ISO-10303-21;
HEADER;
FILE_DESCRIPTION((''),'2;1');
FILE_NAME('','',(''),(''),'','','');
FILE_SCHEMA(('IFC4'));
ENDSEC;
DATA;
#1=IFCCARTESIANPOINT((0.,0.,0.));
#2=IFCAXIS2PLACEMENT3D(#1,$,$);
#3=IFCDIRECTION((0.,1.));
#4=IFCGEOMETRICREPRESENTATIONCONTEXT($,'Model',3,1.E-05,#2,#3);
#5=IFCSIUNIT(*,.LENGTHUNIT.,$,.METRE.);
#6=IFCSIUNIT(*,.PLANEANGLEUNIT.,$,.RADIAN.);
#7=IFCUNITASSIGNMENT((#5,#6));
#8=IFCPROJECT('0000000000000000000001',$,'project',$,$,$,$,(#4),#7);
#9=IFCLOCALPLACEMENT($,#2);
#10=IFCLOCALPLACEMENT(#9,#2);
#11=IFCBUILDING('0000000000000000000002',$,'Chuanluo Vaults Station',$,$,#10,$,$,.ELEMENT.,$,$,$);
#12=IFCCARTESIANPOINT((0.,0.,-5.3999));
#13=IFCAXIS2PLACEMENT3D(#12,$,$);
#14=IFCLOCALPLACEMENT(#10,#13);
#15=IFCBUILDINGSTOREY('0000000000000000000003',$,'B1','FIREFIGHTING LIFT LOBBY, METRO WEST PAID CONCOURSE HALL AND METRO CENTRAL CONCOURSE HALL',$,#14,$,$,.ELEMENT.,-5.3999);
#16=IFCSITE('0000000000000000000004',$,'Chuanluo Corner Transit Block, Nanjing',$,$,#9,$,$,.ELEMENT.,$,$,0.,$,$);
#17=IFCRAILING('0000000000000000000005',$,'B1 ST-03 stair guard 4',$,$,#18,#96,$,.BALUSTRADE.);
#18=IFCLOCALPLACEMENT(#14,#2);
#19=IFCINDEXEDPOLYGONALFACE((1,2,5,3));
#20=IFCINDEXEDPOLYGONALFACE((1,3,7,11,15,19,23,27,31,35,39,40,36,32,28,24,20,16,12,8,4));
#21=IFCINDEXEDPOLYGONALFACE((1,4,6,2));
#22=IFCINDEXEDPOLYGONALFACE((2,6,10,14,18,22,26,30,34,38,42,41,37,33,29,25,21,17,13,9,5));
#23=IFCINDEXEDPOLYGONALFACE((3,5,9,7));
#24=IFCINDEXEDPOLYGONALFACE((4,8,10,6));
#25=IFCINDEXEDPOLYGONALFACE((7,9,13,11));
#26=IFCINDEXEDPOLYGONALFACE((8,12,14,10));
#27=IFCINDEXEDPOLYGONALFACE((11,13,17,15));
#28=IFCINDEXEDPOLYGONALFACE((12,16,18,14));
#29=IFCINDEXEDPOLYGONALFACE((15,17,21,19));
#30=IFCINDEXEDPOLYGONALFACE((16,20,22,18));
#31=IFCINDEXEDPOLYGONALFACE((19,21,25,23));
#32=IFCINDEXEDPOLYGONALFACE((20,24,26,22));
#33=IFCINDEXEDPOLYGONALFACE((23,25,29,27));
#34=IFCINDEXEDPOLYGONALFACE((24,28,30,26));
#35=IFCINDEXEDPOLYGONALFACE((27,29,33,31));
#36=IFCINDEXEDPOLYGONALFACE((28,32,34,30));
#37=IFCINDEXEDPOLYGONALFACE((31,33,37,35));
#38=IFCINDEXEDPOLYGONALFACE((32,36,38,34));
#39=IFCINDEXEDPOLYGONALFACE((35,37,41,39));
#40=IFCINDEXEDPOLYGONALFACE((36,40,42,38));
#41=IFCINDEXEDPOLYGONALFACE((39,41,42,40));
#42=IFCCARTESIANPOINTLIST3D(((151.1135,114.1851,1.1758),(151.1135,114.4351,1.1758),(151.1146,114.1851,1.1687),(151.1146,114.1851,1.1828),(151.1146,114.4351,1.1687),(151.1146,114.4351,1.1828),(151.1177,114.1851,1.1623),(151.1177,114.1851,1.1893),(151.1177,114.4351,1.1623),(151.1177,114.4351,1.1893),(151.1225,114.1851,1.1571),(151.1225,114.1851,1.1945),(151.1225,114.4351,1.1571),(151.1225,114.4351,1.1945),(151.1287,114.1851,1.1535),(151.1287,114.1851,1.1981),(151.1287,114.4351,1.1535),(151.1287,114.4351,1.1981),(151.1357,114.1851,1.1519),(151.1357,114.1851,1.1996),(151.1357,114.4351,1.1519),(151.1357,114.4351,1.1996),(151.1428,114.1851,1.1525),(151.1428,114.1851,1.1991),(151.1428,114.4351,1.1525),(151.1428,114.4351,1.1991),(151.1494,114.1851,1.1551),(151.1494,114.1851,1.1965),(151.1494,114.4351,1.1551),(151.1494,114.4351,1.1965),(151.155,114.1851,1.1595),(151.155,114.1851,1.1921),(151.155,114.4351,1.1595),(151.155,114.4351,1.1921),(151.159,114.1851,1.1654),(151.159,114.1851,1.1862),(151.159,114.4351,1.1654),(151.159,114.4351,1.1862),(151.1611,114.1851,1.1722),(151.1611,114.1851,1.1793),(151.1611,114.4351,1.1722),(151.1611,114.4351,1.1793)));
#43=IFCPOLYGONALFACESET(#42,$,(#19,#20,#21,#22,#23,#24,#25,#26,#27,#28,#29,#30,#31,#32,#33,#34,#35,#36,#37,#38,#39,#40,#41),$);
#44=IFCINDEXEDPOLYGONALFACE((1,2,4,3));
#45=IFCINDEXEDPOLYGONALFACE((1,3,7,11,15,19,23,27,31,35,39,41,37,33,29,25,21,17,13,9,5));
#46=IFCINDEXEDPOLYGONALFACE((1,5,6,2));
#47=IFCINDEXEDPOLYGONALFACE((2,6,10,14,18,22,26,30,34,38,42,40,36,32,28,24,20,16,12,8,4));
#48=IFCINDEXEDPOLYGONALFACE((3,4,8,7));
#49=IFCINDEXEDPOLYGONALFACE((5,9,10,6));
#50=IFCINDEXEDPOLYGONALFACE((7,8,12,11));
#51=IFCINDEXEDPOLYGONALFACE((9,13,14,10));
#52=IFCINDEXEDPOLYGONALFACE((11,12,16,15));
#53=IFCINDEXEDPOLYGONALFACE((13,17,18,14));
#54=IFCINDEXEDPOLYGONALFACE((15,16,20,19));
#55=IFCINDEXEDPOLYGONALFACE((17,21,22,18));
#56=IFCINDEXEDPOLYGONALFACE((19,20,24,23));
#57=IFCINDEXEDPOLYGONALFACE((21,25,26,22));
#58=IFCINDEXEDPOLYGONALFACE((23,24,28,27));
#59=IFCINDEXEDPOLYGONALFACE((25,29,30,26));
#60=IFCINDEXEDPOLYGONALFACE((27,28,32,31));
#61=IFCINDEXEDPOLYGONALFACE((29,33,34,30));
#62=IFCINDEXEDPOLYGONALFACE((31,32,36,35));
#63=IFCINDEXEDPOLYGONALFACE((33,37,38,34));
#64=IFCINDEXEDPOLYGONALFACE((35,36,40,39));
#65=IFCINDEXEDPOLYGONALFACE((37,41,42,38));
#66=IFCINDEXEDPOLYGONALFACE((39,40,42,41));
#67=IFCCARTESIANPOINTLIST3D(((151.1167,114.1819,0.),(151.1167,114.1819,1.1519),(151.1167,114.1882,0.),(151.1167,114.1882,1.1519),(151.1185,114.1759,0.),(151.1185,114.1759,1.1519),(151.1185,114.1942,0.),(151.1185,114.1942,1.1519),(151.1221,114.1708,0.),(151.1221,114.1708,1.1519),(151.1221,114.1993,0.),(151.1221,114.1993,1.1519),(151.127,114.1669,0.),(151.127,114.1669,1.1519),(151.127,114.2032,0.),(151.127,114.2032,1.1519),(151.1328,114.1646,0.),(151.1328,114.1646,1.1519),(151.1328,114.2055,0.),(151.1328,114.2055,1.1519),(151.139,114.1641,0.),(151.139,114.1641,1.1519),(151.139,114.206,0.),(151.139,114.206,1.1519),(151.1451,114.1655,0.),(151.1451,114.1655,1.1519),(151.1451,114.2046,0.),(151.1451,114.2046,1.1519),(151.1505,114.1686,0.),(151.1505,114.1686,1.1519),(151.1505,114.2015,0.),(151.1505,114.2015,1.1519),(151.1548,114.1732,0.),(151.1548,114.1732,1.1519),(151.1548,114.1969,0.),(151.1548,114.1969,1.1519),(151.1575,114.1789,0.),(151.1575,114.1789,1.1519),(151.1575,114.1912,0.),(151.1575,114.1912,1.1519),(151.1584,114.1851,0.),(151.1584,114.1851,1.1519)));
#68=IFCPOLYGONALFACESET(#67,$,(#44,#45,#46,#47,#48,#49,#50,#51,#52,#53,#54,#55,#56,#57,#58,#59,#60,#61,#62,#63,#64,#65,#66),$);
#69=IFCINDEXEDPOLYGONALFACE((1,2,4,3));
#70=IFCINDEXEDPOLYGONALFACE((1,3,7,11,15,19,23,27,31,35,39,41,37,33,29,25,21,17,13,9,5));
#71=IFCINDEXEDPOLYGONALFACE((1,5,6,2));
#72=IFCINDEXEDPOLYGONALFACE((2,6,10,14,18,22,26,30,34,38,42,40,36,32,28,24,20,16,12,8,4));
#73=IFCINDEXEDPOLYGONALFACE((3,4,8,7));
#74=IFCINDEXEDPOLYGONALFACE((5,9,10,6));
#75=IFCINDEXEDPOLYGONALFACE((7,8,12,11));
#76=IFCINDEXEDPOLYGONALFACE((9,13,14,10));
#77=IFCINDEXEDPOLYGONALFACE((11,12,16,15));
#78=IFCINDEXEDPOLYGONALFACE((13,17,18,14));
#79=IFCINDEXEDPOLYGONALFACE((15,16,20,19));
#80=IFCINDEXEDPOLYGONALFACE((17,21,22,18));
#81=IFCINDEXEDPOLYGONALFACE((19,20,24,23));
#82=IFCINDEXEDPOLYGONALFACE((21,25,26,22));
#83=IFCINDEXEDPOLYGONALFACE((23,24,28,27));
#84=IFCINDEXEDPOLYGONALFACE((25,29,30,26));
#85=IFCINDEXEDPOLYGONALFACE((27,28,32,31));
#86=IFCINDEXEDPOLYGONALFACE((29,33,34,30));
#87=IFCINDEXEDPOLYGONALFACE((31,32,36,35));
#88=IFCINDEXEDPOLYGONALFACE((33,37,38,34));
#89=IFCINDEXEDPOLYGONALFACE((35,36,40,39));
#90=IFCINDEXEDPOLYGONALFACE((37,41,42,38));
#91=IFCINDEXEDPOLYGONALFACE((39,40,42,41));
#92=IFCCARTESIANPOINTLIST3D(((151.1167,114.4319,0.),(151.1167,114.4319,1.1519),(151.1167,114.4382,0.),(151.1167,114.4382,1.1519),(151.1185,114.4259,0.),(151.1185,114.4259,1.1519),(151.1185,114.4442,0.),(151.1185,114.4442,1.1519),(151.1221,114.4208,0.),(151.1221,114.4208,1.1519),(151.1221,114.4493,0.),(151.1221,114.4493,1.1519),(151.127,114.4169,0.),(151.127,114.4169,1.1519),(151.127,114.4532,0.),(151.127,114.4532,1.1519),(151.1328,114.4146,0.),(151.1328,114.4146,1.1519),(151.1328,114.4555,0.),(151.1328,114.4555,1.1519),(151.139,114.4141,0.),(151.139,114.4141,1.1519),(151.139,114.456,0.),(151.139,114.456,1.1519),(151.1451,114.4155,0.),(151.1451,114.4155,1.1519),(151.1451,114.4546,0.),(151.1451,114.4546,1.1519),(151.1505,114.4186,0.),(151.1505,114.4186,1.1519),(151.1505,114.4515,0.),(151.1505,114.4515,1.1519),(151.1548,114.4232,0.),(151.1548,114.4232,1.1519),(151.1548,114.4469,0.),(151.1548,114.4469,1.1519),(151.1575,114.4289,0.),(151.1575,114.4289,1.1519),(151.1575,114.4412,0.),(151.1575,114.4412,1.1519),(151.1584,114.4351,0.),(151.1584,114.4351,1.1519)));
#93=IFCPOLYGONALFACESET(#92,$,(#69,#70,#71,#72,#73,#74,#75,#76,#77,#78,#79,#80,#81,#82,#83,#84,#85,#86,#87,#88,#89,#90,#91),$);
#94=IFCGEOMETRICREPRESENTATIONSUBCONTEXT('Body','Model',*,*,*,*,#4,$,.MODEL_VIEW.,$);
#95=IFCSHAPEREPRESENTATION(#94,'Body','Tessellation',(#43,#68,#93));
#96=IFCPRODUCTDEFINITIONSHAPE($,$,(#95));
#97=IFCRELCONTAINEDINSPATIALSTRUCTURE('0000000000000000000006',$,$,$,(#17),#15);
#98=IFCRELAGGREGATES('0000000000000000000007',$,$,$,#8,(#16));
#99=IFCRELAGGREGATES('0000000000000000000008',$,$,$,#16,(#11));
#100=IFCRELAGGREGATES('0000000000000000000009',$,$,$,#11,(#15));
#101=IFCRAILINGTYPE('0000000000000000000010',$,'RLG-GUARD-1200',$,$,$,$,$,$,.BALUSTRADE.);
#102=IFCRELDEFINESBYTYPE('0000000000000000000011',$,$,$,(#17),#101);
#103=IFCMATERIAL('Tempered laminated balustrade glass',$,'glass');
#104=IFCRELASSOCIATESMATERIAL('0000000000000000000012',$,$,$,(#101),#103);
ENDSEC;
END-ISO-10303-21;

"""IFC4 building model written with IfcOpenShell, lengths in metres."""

from ifc_helpers import new_model, si_unit, direction, frame, origin, origin_2d, place, context, subcontext, project, spatial, circle, extrude, material, type_object, element, save


model = new_model("IFC4")

# Units and contexts
model_context = context("Model", 3, precision=1e-05, world=origin(), true_north=direction((0.0, 1.0)))
body_context = subcontext(model_context, "Body", "Model", "MODEL_VIEW")
ifc_project = project(units=[si_unit("LENGTHUNIT", "METRE"), si_unit("PLANEANGLEUNIT", "RADIAN")], contexts=[model_context])

# Site, building, storey
site_placement = place(None, origin())
site = spatial("IfcSite", under=ifc_project, at=site_placement, Name="Chuanluo Corner Transit Block, Nanjing", CompositionType="ELEMENT", RefElevation=0.0)
building_placement = place(site_placement, origin())
building = spatial("IfcBuilding", under=site, at=building_placement, Name="Chuanluo Vaults Station", CompositionType="ELEMENT")
storey_placement = place(building_placement, frame((0.0, 0.0, -5.3999)))
storey = spatial("IfcBuildingStorey", under=building, at=storey_placement, Name="B1", Description="FIREFIGHTING LIFT LOBBY, METRO WEST PAID CONCOURSE HALL AND METRO CENTRAL CONCOURSE HALL", CompositionType="ELEMENT", Elevation=-5.3999)

# Railing
ifc_material_1 = material(Name="Tempered laminated balustrade glass", Category="glass")
railing_type_1 = type_object("IfcRailingType", Name="RLG-GUARD-1200", PredefinedType="BALUSTRADE", material=ifc_material_1)
railing_1_placement = place(storey_placement, frame((151.1375, 114.1851, 0.0)))
element("IfcRailing", 1, at=railing_1_placement, inside=storey, type_object=railing_type_1, Name="B1 ST-03 stair guard 4", PredefinedType="BALUSTRADE", context=body_context, shape_type="SweptSolid", body=[
    extrude(circle(Radius=0.0239, at=origin_2d()), frame((0.0, 0.0, 1.1758), z_axis=(0.0, 1.0, 0.0), x_axis=(-1.0, 0.0, 0.0)), (0.0, 0.0, 1.0), 0.25),
    extrude(circle(Radius=0.021, at=origin_2d()), origin(), (0.0, 0.0, 1.0), 1.1519),
    extrude(circle(Radius=0.021, at=origin_2d()), frame((0.0, 0.25, 0.0)), (0.0, 0.0, 1.0), 1.1519),
])

save(model, "model.ifc")
